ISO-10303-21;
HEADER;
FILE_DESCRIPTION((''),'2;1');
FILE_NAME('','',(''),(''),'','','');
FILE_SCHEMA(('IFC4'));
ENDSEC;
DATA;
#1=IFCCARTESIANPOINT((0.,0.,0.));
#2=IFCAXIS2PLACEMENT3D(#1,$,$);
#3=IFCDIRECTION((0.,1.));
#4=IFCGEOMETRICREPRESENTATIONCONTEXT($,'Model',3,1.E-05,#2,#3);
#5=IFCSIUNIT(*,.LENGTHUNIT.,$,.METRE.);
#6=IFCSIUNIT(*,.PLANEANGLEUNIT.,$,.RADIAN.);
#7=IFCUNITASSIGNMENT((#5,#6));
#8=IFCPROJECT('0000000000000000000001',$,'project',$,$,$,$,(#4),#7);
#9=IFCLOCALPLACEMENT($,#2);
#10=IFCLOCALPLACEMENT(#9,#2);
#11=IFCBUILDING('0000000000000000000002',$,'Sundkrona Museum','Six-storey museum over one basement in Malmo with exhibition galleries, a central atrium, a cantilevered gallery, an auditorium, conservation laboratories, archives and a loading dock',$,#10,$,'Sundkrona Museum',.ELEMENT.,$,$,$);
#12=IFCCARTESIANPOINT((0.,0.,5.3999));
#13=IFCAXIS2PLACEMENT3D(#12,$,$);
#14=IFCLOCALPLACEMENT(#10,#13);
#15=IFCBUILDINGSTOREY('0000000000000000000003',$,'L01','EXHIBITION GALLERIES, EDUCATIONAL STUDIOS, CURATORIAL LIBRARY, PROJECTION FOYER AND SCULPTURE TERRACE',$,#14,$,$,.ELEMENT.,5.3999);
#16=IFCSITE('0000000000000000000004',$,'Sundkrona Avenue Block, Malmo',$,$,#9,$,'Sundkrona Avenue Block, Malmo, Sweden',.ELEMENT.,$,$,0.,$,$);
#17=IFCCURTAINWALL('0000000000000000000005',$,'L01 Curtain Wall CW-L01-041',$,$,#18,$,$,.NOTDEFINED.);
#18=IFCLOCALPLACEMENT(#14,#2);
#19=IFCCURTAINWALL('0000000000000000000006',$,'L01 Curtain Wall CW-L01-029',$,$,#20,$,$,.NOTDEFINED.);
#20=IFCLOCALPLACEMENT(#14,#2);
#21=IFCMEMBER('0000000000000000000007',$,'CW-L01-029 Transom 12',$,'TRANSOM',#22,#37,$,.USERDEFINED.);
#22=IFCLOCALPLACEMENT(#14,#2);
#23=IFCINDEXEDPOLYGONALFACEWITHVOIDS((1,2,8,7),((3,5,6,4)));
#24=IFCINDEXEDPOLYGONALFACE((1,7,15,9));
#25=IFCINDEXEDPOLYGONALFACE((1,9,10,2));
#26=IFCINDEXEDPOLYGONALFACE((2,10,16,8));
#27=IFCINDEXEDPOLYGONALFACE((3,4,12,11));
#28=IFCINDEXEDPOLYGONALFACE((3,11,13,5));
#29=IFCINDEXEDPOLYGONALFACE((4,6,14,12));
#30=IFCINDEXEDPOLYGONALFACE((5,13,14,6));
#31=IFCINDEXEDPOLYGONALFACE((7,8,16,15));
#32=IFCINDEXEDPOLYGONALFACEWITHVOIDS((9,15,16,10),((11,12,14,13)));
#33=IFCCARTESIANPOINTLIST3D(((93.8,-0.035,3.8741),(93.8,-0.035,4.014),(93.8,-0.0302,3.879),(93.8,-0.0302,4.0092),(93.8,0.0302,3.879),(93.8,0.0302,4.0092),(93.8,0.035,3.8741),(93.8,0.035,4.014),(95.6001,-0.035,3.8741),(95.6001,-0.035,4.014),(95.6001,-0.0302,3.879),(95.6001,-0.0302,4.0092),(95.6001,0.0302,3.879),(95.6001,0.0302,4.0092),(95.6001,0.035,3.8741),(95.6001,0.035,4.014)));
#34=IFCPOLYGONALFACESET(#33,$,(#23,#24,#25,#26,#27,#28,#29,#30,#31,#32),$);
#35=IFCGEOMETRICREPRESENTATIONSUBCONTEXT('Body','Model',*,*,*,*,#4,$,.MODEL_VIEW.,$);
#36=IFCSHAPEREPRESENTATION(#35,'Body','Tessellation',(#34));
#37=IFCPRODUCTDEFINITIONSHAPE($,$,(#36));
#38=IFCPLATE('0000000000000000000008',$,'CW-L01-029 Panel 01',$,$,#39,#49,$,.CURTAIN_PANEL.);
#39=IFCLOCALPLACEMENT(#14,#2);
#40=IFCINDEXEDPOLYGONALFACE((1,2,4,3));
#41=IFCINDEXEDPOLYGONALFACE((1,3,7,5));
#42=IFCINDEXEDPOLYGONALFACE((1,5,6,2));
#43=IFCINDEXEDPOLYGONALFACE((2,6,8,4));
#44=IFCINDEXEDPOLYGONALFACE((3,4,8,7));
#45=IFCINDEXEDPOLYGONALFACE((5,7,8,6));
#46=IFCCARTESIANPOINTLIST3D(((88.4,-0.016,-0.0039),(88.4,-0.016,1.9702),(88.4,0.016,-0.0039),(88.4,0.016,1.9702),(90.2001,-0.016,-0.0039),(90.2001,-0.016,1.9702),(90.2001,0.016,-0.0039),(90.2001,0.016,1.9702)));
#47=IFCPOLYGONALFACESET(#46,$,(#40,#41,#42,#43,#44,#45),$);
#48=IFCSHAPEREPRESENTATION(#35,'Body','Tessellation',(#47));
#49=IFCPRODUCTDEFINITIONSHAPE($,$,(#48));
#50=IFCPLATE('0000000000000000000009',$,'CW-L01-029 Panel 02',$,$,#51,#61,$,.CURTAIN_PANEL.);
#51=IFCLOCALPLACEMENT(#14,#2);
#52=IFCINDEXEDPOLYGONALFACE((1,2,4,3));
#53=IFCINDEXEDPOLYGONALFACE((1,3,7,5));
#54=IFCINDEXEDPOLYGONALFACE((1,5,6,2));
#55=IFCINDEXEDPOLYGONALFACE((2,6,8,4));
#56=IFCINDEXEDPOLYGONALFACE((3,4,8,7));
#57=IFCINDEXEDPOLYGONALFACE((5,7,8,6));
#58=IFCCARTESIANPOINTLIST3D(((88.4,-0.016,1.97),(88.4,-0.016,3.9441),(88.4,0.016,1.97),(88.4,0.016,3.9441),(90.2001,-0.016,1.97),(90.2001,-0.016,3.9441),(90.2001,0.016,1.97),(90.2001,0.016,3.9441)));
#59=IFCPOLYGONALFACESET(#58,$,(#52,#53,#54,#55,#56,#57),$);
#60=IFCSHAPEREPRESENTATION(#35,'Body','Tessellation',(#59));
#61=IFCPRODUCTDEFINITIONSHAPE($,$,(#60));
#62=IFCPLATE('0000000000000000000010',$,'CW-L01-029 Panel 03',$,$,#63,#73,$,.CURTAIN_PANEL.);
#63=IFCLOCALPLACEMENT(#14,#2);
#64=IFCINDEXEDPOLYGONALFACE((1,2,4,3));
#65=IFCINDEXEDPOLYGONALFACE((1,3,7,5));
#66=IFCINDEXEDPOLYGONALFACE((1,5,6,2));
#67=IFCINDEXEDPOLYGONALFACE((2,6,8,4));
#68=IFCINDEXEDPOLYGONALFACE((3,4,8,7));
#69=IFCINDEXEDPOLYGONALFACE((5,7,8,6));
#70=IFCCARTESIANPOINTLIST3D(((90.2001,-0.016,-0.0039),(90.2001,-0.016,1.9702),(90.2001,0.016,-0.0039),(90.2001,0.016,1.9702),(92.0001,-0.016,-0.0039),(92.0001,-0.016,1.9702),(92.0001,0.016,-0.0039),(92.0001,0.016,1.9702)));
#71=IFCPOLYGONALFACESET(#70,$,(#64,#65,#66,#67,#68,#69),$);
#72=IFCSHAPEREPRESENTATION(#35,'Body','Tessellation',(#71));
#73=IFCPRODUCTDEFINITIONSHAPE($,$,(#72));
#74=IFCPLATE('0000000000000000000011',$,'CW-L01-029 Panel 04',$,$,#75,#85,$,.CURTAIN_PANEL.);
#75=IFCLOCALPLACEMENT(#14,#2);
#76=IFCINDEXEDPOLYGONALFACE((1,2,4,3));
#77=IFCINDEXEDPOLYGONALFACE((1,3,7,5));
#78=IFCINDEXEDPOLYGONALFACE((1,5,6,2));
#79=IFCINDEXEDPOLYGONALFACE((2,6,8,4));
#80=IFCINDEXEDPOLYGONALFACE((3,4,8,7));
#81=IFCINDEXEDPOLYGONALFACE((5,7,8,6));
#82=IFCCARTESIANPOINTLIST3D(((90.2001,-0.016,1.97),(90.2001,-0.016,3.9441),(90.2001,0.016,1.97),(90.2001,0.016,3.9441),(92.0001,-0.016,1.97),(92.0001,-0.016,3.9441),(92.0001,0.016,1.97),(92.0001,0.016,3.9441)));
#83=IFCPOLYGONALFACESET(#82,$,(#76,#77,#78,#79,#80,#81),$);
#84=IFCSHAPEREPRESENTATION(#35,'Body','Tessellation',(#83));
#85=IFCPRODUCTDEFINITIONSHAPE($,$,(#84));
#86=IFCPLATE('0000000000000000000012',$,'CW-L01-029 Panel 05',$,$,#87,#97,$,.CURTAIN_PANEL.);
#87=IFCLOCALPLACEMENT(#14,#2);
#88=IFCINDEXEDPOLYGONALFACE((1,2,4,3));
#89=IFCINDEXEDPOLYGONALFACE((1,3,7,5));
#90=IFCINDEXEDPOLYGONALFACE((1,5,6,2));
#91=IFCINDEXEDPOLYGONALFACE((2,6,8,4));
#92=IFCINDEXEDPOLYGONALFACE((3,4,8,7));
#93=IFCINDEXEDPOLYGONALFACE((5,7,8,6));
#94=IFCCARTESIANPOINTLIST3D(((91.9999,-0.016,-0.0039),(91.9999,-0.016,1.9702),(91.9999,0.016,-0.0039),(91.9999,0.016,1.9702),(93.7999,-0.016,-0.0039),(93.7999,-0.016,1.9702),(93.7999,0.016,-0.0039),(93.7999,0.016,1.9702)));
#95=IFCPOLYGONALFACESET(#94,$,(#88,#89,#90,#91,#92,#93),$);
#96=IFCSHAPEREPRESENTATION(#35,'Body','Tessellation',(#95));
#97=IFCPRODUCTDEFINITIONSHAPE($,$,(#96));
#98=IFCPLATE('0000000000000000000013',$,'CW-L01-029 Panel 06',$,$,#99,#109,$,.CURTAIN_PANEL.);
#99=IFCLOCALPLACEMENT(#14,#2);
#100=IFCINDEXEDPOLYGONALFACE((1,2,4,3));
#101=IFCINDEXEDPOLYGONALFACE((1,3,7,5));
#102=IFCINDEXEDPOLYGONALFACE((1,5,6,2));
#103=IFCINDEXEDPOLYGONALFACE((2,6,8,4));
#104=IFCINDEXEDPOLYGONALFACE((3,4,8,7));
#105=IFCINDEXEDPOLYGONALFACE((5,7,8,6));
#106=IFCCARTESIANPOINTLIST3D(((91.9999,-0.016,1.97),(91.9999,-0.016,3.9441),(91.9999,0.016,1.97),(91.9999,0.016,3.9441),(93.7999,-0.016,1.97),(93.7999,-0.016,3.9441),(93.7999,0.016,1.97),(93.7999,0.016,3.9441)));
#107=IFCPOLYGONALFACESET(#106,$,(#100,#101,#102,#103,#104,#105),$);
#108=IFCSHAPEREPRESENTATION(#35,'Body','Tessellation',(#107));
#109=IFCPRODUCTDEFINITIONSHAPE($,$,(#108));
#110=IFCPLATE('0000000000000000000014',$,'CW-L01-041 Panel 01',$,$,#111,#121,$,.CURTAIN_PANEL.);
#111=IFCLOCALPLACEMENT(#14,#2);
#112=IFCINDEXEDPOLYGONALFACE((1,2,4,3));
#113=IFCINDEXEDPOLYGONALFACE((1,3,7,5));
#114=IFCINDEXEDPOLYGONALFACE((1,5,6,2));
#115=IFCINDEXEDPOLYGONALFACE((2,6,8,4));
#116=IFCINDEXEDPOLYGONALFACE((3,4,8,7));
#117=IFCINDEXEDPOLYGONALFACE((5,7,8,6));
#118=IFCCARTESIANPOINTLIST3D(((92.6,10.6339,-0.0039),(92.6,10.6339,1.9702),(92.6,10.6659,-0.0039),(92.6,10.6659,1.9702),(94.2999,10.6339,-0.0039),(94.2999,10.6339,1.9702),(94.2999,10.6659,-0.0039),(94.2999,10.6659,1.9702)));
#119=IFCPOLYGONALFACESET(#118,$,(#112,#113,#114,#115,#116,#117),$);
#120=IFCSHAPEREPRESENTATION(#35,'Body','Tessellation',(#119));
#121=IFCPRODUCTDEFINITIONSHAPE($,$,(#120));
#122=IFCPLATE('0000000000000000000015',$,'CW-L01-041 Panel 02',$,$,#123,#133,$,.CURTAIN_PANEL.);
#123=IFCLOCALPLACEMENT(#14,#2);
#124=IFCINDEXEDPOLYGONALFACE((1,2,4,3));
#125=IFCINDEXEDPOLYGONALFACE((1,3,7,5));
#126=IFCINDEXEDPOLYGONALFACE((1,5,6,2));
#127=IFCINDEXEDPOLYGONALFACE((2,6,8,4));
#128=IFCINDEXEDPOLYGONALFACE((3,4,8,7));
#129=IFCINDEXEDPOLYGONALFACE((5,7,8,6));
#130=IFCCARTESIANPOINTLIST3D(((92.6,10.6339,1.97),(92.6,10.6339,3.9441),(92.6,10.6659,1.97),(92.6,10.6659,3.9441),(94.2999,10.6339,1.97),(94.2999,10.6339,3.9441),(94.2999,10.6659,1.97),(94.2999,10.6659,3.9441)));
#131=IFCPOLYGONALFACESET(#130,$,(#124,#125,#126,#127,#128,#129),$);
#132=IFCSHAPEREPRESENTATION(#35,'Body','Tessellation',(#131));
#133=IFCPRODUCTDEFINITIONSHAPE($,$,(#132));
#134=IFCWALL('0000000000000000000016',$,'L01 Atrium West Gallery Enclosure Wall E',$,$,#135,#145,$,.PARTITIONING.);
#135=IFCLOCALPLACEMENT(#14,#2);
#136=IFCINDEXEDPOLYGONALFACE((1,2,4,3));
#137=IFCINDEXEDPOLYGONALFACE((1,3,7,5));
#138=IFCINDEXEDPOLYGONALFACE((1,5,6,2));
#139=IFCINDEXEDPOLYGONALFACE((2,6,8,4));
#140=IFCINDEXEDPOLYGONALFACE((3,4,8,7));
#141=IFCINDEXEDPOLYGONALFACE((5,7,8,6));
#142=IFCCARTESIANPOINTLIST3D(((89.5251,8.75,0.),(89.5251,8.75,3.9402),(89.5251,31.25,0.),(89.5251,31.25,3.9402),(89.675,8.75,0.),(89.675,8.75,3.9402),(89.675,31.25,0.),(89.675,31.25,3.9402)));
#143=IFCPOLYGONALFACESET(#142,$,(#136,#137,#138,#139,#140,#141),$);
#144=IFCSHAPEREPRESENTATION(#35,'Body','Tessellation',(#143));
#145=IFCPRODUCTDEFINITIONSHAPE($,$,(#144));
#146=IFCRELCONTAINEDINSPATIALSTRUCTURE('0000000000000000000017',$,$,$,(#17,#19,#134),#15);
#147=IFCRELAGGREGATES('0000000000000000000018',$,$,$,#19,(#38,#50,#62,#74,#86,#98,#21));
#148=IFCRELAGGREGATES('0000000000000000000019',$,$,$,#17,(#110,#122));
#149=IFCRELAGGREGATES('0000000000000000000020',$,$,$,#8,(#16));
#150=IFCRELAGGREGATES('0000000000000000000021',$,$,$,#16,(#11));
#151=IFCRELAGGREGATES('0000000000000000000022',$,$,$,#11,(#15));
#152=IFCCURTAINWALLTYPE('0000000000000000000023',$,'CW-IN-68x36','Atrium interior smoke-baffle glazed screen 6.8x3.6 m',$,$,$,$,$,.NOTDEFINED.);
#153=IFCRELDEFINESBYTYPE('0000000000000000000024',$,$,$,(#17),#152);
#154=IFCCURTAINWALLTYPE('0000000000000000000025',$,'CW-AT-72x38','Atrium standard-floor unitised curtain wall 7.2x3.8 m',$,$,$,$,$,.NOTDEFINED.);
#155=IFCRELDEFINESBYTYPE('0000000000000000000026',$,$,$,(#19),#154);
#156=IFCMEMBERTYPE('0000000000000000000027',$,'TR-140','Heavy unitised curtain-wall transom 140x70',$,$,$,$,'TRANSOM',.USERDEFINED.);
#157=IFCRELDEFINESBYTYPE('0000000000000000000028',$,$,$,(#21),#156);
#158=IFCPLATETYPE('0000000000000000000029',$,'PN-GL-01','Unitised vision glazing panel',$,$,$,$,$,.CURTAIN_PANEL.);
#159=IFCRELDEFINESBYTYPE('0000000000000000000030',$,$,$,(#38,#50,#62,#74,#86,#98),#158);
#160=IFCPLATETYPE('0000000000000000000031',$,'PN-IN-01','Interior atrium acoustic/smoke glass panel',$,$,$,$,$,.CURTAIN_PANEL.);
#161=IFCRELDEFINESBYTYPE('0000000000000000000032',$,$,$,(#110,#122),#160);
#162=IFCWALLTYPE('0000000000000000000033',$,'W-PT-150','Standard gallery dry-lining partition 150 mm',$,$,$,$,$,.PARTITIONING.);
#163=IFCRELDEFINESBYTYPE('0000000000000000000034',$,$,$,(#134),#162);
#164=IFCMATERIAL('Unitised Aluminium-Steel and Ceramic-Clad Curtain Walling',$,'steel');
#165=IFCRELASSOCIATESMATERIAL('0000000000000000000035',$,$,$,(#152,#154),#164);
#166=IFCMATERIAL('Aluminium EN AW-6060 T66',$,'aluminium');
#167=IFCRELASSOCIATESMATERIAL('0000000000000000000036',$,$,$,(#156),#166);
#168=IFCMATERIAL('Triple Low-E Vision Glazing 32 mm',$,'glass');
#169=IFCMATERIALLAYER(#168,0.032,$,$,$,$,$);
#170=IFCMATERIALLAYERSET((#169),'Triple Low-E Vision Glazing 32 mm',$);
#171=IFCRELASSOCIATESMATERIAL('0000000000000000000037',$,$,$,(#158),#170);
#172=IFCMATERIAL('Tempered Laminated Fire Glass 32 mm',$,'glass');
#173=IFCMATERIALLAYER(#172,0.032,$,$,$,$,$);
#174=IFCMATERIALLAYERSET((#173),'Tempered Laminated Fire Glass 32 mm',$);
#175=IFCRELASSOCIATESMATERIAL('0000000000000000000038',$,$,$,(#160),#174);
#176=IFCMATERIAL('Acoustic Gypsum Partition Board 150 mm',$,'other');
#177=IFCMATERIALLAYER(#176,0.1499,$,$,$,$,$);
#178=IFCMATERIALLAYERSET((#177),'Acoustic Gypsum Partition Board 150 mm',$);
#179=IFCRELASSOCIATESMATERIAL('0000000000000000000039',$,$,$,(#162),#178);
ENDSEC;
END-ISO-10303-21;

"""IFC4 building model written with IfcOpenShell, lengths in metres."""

from ifc_helpers import new_model, si_unit, direction, frame, frame_2d, origin, origin_2d, place, context, subcontext, project, spatial, rectangle, hollow_rectangle, extrude, material, layer, layer_set, material_profile, profile_set, type_object, element, aggregate, save


model = new_model("IFC4")

# Units and contexts
model_context = context("Model", 3, precision=1e-05, world=origin(), true_north=direction((0.0, 1.0)))
body_context = subcontext(model_context, "Body", "Model", "MODEL_VIEW")
ifc_project = project(units=[si_unit("LENGTHUNIT", "METRE"), si_unit("PLANEANGLEUNIT", "RADIAN")], contexts=[model_context])

# Site, building, storey
site_placement = place(None, origin())
site = spatial("IfcSite", under=ifc_project, at=site_placement, Name="Sundkrona Avenue Block, Malmo", LongName="Sundkrona Avenue Block, Malmo, Sweden", CompositionType="ELEMENT", RefElevation=0.0)
building_placement = place(site_placement, origin())
building = spatial("IfcBuilding", under=site, at=building_placement, Name="Sundkrona Museum", Description="Six-storey museum over one basement in Malmo with exhibition galleries, a central atrium, a cantilevered gallery, an auditorium, conservation laboratories, archives and a loading dock", LongName="Sundkrona Museum", CompositionType="ELEMENT")
storey_placement = place(building_placement, frame((0.0, 0.0, 5.3999)))
storey = spatial("IfcBuildingStorey", under=building, at=storey_placement, Name="L01", Description="EXHIBITION GALLERIES, EDUCATIONAL STUDIOS, CURATORIAL LIBRARY, PROJECTION FOYER AND SCULPTURE TERRACE", CompositionType="ELEMENT", Elevation=5.3999)

# Curtain walls
ifc_material_1 = material(Name="Unitised Aluminium-Steel and Ceramic-Clad Curtain Walling", Category="steel")
curtain_wall_type_1 = type_object("IfcCurtainWallType", Name="CW-IN-68x36", Description="Atrium interior smoke-baffle glazed screen 6.8x3.6 m", PredefinedType="NOTDEFINED", material=ifc_material_1)
curtain_wall_1_placement = place(storey_placement, origin())
curtain_wall_1 = element("IfcCurtainWall", 1, at=curtain_wall_1_placement, inside=storey, type_object=curtain_wall_type_1, Name="L01 Curtain Wall CW-L01-041", PredefinedType="NOTDEFINED")
ifc_material_2 = material(Name="Aluminium EN AW-6060 T66", Category="aluminium")
curtain_wall_type_2 = type_object("IfcCurtainWallType", Name="CW-AT-72x38", Description="Atrium standard-floor unitised curtain wall 7.2x3.8 m", PredefinedType="NOTDEFINED", material=ifc_material_1)
curtain_wall_2_placement = place(storey_placement, origin())
curtain_wall_2 = element("IfcCurtainWall", 2, at=curtain_wall_2_placement, inside=storey, type_object=curtain_wall_type_2, Name="L01 Curtain Wall CW-L01-029", PredefinedType="NOTDEFINED")

# Member
ifc_material_profile_1 = material_profile(ifc_material_2, hollow_rectangle(XDim=0.0701, YDim=0.1399, WallThickness=0.0049, at=origin_2d()), Name="RHS 140x70x5.0")
ifc_profile_set_1 = profile_set([ifc_material_profile_1], Name="Aluminium EN AW-6060 T66")
member_type_1 = type_object("IfcMemberType", Name="TR-140", Description="Heavy unitised curtain-wall transom 140x70", ElementType="TRANSOM", PredefinedType="USERDEFINED", material=ifc_profile_set_1)
member_1_placement = place(storey_placement, frame((93.8, 0.0, 3.9441), z_axis=(1.0, 0.0, 0.0), x_axis=(0.0, 1.0, 0.0)))
member_1 = element("IfcMember", 3, at=member_1_placement, type_object=member_type_1, Name="CW-L01-029 Transom 12", ObjectType="TRANSOM", PredefinedType="USERDEFINED", context=body_context, shape_type="SweptSolid", body=[
    extrude(hollow_rectangle(XDim=0.0701, YDim=0.1399, WallThickness=0.0049, at=origin_2d()), origin(), (0.0, 0.0, 1.0), 1.8),
])

# Plates
ifc_material_3 = material(Name="Triple Low-E Vision Glazing 32 mm", Category="glass")
ifc_layer_1 = layer(ifc_material_3, 0.032)
ifc_layer_set_1 = layer_set([ifc_layer_1], Name="Triple Low-E Vision Glazing 32 mm")
plate_type_1 = type_object("IfcPlateType", Name="PN-GL-01", Description="Unitised vision glazing panel", PredefinedType="CURTAIN_PANEL", material=ifc_layer_set_1)
plate_1_placement = place(storey_placement, frame((89.3, 0.0, -0.0039), z_axis=(0.0, 0.0, 1.0), x_axis=(1.0, 0.0, 0.0)))
plate_1 = element("IfcPlate", 4, at=plate_1_placement, type_object=plate_type_1, Name="CW-L01-029 Panel 01", PredefinedType="CURTAIN_PANEL", context=body_context, shape_type="SweptSolid", body=[
    extrude(rectangle(XDim=1.8, YDim=0.032, at=origin_2d()), origin(), (0.0, 0.0, 1.0), 1.9741),
])
plate_2_placement = place(storey_placement, frame((89.3, 0.0, 1.97), z_axis=(0.0, 0.0, 1.0), x_axis=(1.0, 0.0, 0.0)))
plate_2 = element("IfcPlate", 5, at=plate_2_placement, type_object=plate_type_1, Name="CW-L01-029 Panel 02", PredefinedType="CURTAIN_PANEL", context=body_context, shape_type="SweptSolid", body=[
    extrude(rectangle(XDim=1.8, YDim=0.032, at=origin_2d()), origin(), (0.0, 0.0, 1.0), 1.9741),
])
plate_3_placement = place(storey_placement, frame((91.1001, 0.0, -0.0039), z_axis=(0.0, 0.0, 1.0), x_axis=(1.0, 0.0, 0.0)))
plate_3 = element("IfcPlate", 6, at=plate_3_placement, type_object=plate_type_1, Name="CW-L01-029 Panel 03", PredefinedType="CURTAIN_PANEL", context=body_context, shape_type="SweptSolid", body=[
    extrude(rectangle(XDim=1.8, YDim=0.032, at=origin_2d()), origin(), (0.0, 0.0, 1.0), 1.9741),
])
plate_4_placement = place(storey_placement, frame((91.1001, 0.0, 1.97), z_axis=(0.0, 0.0, 1.0), x_axis=(1.0, 0.0, 0.0)))
plate_4 = element("IfcPlate", 7, at=plate_4_placement, type_object=plate_type_1, Name="CW-L01-029 Panel 04", PredefinedType="CURTAIN_PANEL", context=body_context, shape_type="SweptSolid", body=[
    extrude(rectangle(XDim=1.8, YDim=0.032, at=origin_2d()), origin(), (0.0, 0.0, 1.0), 1.9741),
])
plate_5_placement = place(storey_placement, frame((92.8999, 0.0, -0.0039), z_axis=(0.0, 0.0, 1.0), x_axis=(1.0, 0.0, 0.0)))
plate_5 = element("IfcPlate", 8, at=plate_5_placement, type_object=plate_type_1, Name="CW-L01-029 Panel 05", PredefinedType="CURTAIN_PANEL", context=body_context, shape_type="SweptSolid", body=[
    extrude(rectangle(XDim=1.8, YDim=0.032, at=origin_2d()), origin(), (0.0, 0.0, 1.0), 1.9741),
])
plate_6_placement = place(storey_placement, frame((92.8999, 0.0, 1.97), z_axis=(0.0, 0.0, 1.0), x_axis=(1.0, 0.0, 0.0)))
plate_6 = element("IfcPlate", 9, at=plate_6_placement, type_object=plate_type_1, Name="CW-L01-029 Panel 06", PredefinedType="CURTAIN_PANEL", context=body_context, shape_type="SweptSolid", body=[
    extrude(rectangle(XDim=1.8, YDim=0.032, at=origin_2d()), origin(), (0.0, 0.0, 1.0), 1.9741),
])
aggregate(curtain_wall_2, [plate_1, plate_2, plate_3, plate_4, plate_5, plate_6, member_1])
ifc_material_4 = material(Name="Tempered Laminated Fire Glass 32 mm", Category="glass")
ifc_layer_2 = layer(ifc_material_4, 0.032)
ifc_layer_set_2 = layer_set([ifc_layer_2], Name="Tempered Laminated Fire Glass 32 mm")
plate_type_2 = type_object("IfcPlateType", Name="PN-IN-01", Description="Interior atrium acoustic/smoke glass panel", PredefinedType="CURTAIN_PANEL", material=ifc_layer_set_2)
plate_7_placement = place(storey_placement, frame((93.45, 10.6499, -0.0039), z_axis=(0.0, 0.0, 1.0), x_axis=(1.0, 0.0, 0.0)))
plate_7 = element("IfcPlate", 10, at=plate_7_placement, type_object=plate_type_2, Name="CW-L01-041 Panel 01", PredefinedType="CURTAIN_PANEL", context=body_context, shape_type="SweptSolid", body=[
    extrude(rectangle(XDim=1.7, YDim=0.032, at=origin_2d()), origin(), (0.0, 0.0, 1.0), 1.9741),
])
plate_8_placement = place(storey_placement, frame((93.45, 10.6499, 1.97), z_axis=(0.0, 0.0, 1.0), x_axis=(1.0, 0.0, 0.0)))
plate_8 = element("IfcPlate", 11, at=plate_8_placement, type_object=plate_type_2, Name="CW-L01-041 Panel 02", PredefinedType="CURTAIN_PANEL", context=body_context, shape_type="SweptSolid", body=[
    extrude(rectangle(XDim=1.7, YDim=0.032, at=origin_2d()), origin(), (0.0, 0.0, 1.0), 1.9741),
])
aggregate(curtain_wall_1, [plate_7, plate_8])

# Wall
ifc_material_5 = material(Name="Acoustic Gypsum Partition Board 150 mm", Category="other")
ifc_layer_3 = layer(ifc_material_5, 0.1499)
ifc_layer_set_3 = layer_set([ifc_layer_3], Name="Acoustic Gypsum Partition Board 150 mm")
wall_type = type_object("IfcWallType", Name="W-PT-150", Description="Standard gallery dry-lining partition 150 mm", PredefinedType="PARTITIONING", material=ifc_layer_set_3)
wall_placement = place(storey_placement, frame((89.6001, 8.75, 0.0), z_axis=(0.0, 0.0, 1.0), x_axis=(0.0, 1.0, 0.0)))
element("IfcWall", 12, at=wall_placement, inside=storey, type_object=wall_type, Name="L01 Atrium West Gallery Enclosure Wall E", PredefinedType="PARTITIONING", context=body_context, shape_type="SweptSolid", body=[
    extrude(rectangle(XDim=22.5, YDim=0.1499, at=frame_2d((11.25, 0.0))), origin(), (0.0, 0.0, 1.0), 3.9402),
])

save(model, "model.ifc")
